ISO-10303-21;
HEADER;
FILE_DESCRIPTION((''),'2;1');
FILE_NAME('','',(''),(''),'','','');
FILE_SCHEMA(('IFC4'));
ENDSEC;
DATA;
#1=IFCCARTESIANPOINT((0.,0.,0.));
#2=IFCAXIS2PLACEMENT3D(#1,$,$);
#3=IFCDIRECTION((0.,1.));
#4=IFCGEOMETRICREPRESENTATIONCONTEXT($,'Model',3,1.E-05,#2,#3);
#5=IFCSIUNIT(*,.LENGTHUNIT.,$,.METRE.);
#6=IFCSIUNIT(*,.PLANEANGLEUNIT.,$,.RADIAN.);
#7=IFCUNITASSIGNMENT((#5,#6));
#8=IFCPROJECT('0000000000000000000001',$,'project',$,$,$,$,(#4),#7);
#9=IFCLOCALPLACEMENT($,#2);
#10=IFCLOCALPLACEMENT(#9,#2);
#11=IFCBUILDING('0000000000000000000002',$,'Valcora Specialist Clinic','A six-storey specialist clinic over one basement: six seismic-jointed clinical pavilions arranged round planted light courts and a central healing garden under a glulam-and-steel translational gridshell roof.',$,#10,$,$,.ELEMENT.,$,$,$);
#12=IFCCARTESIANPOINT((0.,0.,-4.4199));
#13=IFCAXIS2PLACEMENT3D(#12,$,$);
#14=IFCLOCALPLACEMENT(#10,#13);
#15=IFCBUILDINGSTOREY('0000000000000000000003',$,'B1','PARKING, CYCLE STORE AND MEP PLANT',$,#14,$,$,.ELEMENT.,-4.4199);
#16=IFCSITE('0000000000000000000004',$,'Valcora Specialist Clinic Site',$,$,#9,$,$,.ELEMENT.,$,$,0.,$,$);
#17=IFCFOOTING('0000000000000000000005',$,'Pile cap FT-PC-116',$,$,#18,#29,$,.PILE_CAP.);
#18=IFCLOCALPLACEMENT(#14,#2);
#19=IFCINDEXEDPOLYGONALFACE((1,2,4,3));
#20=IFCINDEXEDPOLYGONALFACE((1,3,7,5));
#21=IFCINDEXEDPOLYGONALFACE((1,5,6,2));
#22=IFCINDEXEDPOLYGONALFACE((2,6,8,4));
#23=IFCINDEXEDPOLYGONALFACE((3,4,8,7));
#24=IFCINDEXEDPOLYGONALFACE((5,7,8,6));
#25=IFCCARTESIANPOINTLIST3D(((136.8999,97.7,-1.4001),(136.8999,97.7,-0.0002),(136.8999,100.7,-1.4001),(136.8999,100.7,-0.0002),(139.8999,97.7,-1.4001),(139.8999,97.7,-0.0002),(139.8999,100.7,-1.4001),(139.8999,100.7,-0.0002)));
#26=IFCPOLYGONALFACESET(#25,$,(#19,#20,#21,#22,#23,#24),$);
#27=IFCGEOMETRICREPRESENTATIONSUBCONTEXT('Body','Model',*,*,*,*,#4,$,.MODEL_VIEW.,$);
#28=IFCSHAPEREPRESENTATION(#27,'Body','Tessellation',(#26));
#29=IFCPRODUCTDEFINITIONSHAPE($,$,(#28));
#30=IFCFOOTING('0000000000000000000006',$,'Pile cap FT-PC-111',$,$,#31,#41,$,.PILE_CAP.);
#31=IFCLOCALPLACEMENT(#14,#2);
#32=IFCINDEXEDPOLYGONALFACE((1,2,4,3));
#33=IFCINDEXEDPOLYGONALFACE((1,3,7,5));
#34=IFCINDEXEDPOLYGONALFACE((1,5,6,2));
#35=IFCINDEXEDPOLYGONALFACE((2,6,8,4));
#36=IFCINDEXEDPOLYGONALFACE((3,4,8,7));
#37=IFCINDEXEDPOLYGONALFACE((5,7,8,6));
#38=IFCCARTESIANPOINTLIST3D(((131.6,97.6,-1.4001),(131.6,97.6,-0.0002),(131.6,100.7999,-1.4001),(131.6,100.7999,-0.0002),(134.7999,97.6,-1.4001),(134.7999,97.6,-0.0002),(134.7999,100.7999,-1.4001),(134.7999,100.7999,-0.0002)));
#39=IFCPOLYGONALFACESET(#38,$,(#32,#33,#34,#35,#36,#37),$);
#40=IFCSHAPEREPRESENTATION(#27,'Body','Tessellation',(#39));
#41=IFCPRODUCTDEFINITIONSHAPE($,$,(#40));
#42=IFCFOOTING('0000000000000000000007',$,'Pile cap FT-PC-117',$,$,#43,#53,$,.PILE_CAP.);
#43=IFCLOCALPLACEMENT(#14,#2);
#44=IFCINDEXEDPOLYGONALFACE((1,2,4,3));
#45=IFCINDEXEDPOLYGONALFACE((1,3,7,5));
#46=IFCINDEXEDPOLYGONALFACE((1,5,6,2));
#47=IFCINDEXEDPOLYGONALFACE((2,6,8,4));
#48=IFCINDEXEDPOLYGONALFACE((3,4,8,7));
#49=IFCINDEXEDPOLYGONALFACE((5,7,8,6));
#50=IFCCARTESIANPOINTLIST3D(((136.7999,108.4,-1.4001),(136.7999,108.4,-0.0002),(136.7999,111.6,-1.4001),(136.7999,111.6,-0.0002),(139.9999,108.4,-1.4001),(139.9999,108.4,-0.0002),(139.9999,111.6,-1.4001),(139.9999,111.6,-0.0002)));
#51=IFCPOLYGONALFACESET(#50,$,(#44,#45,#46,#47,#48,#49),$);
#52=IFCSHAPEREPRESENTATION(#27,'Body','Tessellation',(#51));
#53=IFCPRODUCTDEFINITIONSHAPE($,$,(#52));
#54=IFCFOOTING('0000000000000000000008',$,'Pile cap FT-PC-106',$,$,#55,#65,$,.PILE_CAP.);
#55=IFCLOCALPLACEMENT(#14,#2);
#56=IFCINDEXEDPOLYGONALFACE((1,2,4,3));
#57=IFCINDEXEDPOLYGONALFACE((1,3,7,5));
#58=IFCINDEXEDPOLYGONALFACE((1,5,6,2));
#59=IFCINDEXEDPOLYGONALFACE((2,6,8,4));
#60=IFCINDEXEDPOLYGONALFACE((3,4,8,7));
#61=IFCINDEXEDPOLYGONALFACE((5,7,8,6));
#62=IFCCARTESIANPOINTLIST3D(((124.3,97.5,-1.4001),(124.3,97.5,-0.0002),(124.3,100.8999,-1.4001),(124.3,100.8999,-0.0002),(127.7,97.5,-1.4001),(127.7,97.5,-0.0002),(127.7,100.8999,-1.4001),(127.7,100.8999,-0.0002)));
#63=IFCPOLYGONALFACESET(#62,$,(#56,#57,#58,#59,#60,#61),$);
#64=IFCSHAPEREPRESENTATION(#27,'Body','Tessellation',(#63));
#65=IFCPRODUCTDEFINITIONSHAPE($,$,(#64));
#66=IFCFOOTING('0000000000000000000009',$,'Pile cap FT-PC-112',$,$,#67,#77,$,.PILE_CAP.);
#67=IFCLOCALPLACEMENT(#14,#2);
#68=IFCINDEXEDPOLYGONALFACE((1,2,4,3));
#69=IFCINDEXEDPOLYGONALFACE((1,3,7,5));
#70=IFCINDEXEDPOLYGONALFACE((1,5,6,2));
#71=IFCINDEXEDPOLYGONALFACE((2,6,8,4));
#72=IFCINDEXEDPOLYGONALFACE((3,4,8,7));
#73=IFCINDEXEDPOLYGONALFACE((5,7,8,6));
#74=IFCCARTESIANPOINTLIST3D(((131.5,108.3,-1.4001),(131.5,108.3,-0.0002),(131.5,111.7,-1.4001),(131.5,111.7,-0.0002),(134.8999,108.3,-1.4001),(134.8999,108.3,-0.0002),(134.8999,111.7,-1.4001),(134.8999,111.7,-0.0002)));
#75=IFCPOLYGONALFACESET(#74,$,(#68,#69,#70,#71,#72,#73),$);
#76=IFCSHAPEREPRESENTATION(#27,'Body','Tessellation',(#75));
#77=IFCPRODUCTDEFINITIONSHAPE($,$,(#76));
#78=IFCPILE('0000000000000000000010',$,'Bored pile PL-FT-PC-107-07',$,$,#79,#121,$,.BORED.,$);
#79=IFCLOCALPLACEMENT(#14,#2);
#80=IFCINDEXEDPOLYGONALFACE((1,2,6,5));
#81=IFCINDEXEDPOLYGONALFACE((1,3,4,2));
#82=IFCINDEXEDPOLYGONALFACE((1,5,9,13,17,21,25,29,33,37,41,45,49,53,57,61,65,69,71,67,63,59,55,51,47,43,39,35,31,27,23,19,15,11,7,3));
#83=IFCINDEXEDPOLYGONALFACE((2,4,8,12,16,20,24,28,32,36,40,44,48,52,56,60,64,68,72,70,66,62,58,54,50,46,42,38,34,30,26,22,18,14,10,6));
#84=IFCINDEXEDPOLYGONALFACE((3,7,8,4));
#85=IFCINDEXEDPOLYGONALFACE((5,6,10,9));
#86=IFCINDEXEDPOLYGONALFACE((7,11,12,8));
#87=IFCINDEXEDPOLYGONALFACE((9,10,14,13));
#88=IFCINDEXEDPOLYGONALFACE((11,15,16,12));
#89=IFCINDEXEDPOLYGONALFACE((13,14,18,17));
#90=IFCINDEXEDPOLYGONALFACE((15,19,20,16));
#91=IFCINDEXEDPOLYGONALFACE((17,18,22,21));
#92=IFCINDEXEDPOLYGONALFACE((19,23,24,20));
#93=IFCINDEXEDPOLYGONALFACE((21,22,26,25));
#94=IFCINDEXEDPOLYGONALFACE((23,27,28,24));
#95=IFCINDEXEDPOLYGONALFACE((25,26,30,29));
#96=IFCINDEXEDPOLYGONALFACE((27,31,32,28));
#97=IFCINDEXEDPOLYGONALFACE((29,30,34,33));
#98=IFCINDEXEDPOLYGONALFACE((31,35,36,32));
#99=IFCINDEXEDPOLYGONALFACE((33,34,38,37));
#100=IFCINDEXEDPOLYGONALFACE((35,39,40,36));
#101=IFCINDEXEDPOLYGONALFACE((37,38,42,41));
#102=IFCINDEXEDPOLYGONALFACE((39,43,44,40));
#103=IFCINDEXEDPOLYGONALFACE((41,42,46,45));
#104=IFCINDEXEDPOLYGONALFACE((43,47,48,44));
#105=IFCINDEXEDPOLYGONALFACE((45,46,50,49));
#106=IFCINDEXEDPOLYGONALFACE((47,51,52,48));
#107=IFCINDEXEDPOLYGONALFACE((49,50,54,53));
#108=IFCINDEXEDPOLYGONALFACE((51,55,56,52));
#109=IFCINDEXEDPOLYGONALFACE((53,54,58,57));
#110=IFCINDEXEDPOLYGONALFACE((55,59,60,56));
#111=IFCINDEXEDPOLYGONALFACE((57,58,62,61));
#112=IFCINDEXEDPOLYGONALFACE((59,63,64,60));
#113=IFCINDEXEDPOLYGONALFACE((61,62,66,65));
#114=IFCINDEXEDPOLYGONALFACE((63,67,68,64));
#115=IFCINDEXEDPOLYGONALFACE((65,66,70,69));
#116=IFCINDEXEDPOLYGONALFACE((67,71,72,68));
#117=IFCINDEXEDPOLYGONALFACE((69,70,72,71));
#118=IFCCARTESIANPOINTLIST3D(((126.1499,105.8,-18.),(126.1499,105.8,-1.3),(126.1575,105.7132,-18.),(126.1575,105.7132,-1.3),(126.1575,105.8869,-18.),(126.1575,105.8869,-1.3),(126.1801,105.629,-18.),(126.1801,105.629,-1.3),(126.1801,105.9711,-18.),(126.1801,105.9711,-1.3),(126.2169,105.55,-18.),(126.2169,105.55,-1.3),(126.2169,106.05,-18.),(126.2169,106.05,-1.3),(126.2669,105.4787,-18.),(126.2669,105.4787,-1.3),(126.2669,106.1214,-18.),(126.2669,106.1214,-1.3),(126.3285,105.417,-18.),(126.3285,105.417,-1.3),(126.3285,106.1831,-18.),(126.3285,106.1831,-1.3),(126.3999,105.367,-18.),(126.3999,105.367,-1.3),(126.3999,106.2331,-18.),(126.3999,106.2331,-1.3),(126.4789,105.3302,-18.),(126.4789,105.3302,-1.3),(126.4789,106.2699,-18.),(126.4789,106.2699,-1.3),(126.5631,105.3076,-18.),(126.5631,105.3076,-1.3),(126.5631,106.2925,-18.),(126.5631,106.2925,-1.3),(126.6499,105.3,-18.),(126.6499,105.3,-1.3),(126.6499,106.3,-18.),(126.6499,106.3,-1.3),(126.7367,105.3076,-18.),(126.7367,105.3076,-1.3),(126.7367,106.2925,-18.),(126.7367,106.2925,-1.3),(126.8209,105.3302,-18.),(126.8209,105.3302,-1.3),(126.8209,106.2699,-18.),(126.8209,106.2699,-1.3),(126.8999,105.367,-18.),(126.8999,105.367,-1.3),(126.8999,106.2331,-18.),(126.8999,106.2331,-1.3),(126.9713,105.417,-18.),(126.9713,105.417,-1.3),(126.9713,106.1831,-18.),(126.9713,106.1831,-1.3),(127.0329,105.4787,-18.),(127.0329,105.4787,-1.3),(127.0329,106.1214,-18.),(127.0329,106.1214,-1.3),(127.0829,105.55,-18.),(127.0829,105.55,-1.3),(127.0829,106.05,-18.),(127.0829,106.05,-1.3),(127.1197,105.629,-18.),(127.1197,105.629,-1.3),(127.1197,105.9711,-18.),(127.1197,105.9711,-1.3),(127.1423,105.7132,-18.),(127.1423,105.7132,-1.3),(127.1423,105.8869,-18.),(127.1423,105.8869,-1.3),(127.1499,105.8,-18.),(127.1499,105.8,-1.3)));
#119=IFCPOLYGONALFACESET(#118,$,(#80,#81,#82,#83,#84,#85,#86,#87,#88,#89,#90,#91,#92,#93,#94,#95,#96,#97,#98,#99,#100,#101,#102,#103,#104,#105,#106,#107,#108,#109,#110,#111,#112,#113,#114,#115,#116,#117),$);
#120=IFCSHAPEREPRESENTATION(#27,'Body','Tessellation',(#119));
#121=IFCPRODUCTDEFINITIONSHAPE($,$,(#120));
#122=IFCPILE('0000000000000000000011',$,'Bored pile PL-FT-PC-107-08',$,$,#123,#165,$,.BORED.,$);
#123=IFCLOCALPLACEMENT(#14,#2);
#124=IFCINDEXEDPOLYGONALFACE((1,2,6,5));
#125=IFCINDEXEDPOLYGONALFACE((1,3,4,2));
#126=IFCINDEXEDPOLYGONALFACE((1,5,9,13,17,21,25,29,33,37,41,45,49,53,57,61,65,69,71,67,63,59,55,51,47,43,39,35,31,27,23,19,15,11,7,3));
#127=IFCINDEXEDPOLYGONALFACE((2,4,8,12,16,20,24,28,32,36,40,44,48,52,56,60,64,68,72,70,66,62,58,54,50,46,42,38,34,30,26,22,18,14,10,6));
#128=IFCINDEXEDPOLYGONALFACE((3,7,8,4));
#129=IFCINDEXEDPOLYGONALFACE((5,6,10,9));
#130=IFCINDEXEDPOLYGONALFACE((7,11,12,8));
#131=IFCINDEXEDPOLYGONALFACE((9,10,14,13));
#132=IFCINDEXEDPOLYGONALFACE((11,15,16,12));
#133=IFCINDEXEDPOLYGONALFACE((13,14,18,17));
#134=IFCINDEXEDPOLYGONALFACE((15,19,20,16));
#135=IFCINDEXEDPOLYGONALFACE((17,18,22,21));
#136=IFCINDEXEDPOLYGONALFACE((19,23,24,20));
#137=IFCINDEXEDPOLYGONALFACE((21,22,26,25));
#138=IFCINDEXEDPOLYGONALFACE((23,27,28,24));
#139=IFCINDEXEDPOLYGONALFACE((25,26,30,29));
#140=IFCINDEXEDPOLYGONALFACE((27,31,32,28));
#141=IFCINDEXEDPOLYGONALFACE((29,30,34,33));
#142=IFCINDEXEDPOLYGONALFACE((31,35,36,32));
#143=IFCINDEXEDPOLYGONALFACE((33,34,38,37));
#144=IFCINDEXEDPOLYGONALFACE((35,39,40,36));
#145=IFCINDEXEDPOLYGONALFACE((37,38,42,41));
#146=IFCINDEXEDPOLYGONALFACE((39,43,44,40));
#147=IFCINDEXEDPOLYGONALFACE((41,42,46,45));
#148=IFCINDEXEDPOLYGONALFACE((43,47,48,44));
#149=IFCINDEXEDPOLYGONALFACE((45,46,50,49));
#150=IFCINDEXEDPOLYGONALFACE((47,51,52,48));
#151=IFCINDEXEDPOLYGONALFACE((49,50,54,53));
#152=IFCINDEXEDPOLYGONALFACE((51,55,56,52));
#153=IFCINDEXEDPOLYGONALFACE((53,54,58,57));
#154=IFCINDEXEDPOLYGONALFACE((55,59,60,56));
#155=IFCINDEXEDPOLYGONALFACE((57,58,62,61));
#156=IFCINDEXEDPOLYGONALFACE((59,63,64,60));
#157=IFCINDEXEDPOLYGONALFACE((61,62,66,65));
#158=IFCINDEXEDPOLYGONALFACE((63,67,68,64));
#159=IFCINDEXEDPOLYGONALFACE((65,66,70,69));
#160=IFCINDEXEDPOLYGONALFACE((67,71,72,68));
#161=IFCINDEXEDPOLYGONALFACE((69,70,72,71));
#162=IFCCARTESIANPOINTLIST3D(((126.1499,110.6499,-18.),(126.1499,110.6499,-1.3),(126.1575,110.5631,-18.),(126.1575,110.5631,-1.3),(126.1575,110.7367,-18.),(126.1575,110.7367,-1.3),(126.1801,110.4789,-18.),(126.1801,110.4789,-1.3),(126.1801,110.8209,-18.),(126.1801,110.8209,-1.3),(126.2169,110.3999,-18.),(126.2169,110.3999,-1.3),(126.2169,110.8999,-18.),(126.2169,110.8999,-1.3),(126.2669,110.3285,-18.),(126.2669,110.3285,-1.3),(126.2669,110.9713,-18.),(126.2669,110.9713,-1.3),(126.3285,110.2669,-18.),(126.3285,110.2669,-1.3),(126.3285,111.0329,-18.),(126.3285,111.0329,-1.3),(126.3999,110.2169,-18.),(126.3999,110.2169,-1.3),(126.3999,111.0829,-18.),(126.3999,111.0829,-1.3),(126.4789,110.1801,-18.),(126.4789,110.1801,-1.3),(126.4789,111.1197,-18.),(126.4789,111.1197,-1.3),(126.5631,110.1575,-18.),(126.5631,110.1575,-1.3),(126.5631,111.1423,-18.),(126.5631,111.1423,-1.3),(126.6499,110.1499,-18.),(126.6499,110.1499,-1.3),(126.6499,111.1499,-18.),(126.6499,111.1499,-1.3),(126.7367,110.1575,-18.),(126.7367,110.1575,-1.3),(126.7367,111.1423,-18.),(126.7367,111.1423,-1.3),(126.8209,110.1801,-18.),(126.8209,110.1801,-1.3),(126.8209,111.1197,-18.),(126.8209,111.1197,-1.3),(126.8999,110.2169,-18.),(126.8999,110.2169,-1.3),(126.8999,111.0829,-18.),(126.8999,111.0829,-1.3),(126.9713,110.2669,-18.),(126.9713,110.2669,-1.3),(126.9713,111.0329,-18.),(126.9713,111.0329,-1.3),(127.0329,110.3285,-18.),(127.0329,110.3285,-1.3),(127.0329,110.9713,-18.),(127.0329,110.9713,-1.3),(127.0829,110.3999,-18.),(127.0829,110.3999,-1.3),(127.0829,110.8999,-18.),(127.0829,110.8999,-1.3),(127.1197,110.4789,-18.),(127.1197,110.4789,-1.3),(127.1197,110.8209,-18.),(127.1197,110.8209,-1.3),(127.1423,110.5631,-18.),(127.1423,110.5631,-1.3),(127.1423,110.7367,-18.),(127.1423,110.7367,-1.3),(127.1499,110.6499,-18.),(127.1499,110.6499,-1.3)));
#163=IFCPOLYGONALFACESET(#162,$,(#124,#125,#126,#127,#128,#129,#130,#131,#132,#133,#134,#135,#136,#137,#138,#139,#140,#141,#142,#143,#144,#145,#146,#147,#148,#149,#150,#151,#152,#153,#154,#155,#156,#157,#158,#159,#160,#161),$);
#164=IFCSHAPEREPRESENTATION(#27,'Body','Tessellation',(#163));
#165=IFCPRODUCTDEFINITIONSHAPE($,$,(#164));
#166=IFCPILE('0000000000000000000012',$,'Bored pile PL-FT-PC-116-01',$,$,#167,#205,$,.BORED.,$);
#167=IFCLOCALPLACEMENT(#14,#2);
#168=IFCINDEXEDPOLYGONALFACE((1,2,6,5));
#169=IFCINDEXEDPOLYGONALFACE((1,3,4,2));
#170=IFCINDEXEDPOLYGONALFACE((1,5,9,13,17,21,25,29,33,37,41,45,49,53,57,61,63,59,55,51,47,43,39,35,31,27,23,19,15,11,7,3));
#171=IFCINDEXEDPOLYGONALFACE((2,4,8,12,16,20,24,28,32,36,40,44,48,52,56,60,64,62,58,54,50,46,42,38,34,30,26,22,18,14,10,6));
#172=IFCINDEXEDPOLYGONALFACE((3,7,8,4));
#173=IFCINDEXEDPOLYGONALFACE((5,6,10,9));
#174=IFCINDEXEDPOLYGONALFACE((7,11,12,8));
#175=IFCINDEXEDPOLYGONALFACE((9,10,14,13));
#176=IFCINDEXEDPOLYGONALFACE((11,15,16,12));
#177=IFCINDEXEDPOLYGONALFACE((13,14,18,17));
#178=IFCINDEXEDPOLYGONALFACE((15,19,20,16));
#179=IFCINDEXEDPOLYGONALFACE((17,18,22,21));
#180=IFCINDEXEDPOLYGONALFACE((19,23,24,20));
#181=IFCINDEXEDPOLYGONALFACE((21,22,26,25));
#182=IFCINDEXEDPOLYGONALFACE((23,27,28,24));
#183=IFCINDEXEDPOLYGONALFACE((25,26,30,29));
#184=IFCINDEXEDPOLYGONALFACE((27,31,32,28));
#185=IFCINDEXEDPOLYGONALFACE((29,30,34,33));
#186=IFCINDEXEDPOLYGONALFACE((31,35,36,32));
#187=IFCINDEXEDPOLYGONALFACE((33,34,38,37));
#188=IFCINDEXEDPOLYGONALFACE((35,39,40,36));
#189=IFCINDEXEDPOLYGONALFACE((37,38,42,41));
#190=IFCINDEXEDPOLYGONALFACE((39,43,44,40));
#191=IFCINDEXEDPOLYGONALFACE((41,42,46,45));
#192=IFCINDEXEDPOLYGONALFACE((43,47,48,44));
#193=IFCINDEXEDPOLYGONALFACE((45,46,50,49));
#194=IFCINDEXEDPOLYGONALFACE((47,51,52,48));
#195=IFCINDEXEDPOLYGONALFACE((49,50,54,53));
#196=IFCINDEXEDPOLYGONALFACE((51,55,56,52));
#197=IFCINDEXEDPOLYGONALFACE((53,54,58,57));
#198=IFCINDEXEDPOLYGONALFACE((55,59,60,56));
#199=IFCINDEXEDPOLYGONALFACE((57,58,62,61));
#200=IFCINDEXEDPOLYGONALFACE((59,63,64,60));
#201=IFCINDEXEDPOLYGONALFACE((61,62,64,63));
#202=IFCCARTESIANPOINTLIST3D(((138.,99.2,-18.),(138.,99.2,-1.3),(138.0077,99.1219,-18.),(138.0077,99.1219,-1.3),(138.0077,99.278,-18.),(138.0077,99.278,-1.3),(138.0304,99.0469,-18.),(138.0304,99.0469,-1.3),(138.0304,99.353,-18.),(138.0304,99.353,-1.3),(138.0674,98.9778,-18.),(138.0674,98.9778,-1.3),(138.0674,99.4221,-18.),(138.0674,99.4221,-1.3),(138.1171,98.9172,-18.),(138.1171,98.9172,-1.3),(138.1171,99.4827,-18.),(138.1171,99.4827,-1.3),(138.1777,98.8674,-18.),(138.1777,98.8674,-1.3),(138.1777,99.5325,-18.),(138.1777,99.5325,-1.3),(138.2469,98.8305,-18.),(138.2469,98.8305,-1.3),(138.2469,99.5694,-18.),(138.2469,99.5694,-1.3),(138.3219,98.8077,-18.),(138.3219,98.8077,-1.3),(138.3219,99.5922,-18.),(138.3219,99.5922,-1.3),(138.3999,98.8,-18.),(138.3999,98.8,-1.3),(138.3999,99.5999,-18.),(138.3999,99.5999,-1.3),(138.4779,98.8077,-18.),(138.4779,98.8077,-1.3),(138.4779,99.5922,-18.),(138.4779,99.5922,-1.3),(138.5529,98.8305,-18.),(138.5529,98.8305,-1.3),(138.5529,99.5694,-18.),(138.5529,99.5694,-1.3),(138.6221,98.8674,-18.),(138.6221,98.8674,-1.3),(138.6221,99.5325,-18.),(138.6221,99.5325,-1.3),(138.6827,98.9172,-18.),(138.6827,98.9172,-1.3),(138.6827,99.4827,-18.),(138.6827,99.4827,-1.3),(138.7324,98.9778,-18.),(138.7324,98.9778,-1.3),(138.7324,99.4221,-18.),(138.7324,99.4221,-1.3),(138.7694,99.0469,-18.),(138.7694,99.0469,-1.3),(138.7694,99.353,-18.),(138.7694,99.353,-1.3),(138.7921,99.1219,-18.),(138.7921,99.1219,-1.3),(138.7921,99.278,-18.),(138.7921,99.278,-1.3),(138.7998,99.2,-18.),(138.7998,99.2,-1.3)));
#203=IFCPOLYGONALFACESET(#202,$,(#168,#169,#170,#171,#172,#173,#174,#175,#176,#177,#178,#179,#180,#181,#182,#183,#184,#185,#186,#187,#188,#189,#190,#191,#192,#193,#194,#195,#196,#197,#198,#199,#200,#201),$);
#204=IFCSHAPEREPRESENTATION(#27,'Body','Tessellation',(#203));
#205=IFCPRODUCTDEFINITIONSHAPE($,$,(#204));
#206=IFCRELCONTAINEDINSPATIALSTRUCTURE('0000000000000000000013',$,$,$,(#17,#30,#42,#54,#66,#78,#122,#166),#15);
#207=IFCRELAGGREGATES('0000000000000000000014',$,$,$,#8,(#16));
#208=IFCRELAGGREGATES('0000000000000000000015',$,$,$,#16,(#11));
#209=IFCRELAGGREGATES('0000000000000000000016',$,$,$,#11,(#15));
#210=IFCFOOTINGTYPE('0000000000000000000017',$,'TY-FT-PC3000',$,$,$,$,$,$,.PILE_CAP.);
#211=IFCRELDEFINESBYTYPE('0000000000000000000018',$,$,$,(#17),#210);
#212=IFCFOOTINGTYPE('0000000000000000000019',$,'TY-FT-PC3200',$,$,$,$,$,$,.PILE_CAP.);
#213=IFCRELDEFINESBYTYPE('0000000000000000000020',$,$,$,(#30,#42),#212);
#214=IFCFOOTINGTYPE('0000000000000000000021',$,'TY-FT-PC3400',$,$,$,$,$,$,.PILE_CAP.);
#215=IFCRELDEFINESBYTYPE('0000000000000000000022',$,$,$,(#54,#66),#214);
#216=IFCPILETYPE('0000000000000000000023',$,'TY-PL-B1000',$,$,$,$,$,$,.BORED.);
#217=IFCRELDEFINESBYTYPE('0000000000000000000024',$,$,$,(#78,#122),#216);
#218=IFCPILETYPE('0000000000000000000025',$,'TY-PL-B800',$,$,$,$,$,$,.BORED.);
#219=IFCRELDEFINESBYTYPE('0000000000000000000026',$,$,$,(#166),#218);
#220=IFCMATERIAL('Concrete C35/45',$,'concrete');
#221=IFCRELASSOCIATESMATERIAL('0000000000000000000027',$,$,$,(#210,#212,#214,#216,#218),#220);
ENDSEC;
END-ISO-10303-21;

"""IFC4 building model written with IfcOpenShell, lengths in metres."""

from ifc_helpers import new_model, si_unit, direction, frame, origin, origin_2d, place, context, subcontext, project, spatial, rectangle, circle, extrude, material, material_profile, profile_set, type_object, element, save


model = new_model("IFC4")

# Units and contexts
model_context = context("Model", 3, precision=1e-05, world=origin(), true_north=direction((0.0, 1.0)))
body_context = subcontext(model_context, "Body", "Model", "MODEL_VIEW")
ifc_project = project(units=[si_unit("LENGTHUNIT", "METRE"), si_unit("PLANEANGLEUNIT", "RADIAN")], contexts=[model_context])

# Site, building, storey
site_placement = place(None, origin())
site = spatial("IfcSite", under=ifc_project, at=site_placement, Name="Valcora Specialist Clinic Site", CompositionType="ELEMENT", RefElevation=0.0)
building_placement = place(site_placement, origin())
building = spatial("IfcBuilding", under=site, at=building_placement, Name="Valcora Specialist Clinic", Description="A six-storey specialist clinic over one basement: six seismic-jointed clinical pavilions arranged round planted light courts and a central healing garden under a glulam-and-steel translational gridshell roof.", CompositionType="ELEMENT")
storey_placement = place(building_placement, frame((0.0, 0.0, -4.4199)))
storey = spatial("IfcBuildingStorey", under=building, at=storey_placement, Name="B1", Description="PARKING, CYCLE STORE AND MEP PLANT", CompositionType="ELEMENT", Elevation=-4.4199)

# Footings
ifc_material_1 = material(Name="Concrete C35/45", Category="concrete")
footing_type_1 = type_object("IfcFootingType", Name="TY-FT-PC3000", PredefinedType="PILE_CAP", material=ifc_material_1)
footing_placement = place(storey_placement, frame((138.3999, 99.2, -1.4001), z_axis=(0.0, 0.0, 1.0), x_axis=(1.0, 0.0, 0.0)))
element("IfcFooting", 1, at=footing_placement, inside=storey, type_object=footing_type_1, Name="Pile cap FT-PC-116", PredefinedType="PILE_CAP", context=body_context, shape_type="SweptSolid", body=[
    extrude(rectangle(XDim=3.0, YDim=3.0, at=origin_2d()), origin(), (0.0, 0.0, 1.0), 1.3999),
])
footing_type_2 = type_object("IfcFootingType", Name="TY-FT-PC3200", PredefinedType="PILE_CAP", material=ifc_material_1)
for number, where, z_axis, x_axis, name in (
    (2, (133.2, 99.2, -1.4001), (0.0, 0.0, 1.0), (1.0, 0.0, 0.0), "Pile cap FT-PC-111"),
    (3, (138.3999, 110.0, -1.4001), (0.0, 0.0, 1.0), (1.0, 0.0, 0.0), "Pile cap FT-PC-117"),
):
    element("IfcFooting", number, at=place(storey_placement, frame(where, z_axis=z_axis, x_axis=x_axis)), inside=storey, type_object=footing_type_2, Name=name, PredefinedType="PILE_CAP", context=body_context, shape_type="SweptSolid", body=[
        extrude(rectangle(XDim=3.2, YDim=3.2, at=origin_2d()), origin(), (0.0, 0.0, 1.0), 1.3999),
    ])
footing_type_3 = type_object("IfcFootingType", Name="TY-FT-PC3400", PredefinedType="PILE_CAP", material=ifc_material_1)
for number, where, z_axis, x_axis, name in (
    (4, (126.0, 99.2, -1.4001), (0.0, 0.0, 1.0), (1.0, 0.0, 0.0), "Pile cap FT-PC-106"),
    (5, (133.2, 110.0, -1.4001), (0.0, 0.0, 1.0), (1.0, 0.0, 0.0), "Pile cap FT-PC-112"),
):
    element("IfcFooting", number, at=place(storey_placement, frame(where, z_axis=z_axis, x_axis=x_axis)), inside=storey, type_object=footing_type_3, Name=name, PredefinedType="PILE_CAP", context=body_context, shape_type="SweptSolid", body=[
        extrude(rectangle(XDim=3.3999, YDim=3.3999, at=origin_2d()), origin(), (0.0, 0.0, 1.0), 1.3999),
    ])

# Piles
ifc_material_profile_1 = material_profile(ifc_material_1, circle(Radius=0.5, at=origin_2d()), Name="RC-PIL-D1000")
ifc_profile_set_1 = profile_set([ifc_material_profile_1], Name="Concrete C35/45")
pile_type_1 = type_object("IfcPileType", Name="TY-PL-B1000", PredefinedType="BORED", material=ifc_profile_set_1)
for number, where, z_axis, x_axis, name in (
    (6, (126.6499, 105.8, -1.3), (0.0, 0.0, -1.0), (1.0, 0.0, 0.0), "Bored pile PL-FT-PC-107-07"),
    (7, (126.6499, 110.6499, -1.3), (0.0, 0.0, -1.0), (1.0, 0.0, 0.0), "Bored pile PL-FT-PC-107-08"),
):
    element("IfcPile", number, at=place(storey_placement, frame(where, z_axis=z_axis, x_axis=x_axis)), inside=storey, type_object=pile_type_1, Name=name, PredefinedType="BORED", context=body_context, shape_type="SweptSolid", body=[
        extrude(circle(Radius=0.5, at=origin_2d()), origin(), (0.0, 0.0, 1.0), 16.7),
    ])
ifc_material_profile_2 = material_profile(ifc_material_1, circle(Radius=0.3999, at=origin_2d()), Name="RC-PIL-D800")
ifc_profile_set_2 = profile_set([ifc_material_profile_2], Name="Concrete C35/45")
pile_type_2 = type_object("IfcPileType", Name="TY-PL-B800", PredefinedType="BORED", material=ifc_profile_set_2)
for number, where, z_axis, x_axis, name in (
    (8, (138.3999, 99.2, -1.3), (0.0, 0.0, -1.0), (1.0, 0.0, 0.0), "Bored pile PL-FT-PC-116-01"),
):
    element("IfcPile", number, at=place(storey_placement, frame(where, z_axis=z_axis, x_axis=x_axis)), inside=storey, type_object=pile_type_2, Name=name, PredefinedType="BORED", context=body_context, shape_type="SweptSolid", body=[
        extrude(circle(Radius=0.3999, at=origin_2d()), origin(), (0.0, 0.0, 1.0), 16.7),
    ])

save(model, "model.ifc")
